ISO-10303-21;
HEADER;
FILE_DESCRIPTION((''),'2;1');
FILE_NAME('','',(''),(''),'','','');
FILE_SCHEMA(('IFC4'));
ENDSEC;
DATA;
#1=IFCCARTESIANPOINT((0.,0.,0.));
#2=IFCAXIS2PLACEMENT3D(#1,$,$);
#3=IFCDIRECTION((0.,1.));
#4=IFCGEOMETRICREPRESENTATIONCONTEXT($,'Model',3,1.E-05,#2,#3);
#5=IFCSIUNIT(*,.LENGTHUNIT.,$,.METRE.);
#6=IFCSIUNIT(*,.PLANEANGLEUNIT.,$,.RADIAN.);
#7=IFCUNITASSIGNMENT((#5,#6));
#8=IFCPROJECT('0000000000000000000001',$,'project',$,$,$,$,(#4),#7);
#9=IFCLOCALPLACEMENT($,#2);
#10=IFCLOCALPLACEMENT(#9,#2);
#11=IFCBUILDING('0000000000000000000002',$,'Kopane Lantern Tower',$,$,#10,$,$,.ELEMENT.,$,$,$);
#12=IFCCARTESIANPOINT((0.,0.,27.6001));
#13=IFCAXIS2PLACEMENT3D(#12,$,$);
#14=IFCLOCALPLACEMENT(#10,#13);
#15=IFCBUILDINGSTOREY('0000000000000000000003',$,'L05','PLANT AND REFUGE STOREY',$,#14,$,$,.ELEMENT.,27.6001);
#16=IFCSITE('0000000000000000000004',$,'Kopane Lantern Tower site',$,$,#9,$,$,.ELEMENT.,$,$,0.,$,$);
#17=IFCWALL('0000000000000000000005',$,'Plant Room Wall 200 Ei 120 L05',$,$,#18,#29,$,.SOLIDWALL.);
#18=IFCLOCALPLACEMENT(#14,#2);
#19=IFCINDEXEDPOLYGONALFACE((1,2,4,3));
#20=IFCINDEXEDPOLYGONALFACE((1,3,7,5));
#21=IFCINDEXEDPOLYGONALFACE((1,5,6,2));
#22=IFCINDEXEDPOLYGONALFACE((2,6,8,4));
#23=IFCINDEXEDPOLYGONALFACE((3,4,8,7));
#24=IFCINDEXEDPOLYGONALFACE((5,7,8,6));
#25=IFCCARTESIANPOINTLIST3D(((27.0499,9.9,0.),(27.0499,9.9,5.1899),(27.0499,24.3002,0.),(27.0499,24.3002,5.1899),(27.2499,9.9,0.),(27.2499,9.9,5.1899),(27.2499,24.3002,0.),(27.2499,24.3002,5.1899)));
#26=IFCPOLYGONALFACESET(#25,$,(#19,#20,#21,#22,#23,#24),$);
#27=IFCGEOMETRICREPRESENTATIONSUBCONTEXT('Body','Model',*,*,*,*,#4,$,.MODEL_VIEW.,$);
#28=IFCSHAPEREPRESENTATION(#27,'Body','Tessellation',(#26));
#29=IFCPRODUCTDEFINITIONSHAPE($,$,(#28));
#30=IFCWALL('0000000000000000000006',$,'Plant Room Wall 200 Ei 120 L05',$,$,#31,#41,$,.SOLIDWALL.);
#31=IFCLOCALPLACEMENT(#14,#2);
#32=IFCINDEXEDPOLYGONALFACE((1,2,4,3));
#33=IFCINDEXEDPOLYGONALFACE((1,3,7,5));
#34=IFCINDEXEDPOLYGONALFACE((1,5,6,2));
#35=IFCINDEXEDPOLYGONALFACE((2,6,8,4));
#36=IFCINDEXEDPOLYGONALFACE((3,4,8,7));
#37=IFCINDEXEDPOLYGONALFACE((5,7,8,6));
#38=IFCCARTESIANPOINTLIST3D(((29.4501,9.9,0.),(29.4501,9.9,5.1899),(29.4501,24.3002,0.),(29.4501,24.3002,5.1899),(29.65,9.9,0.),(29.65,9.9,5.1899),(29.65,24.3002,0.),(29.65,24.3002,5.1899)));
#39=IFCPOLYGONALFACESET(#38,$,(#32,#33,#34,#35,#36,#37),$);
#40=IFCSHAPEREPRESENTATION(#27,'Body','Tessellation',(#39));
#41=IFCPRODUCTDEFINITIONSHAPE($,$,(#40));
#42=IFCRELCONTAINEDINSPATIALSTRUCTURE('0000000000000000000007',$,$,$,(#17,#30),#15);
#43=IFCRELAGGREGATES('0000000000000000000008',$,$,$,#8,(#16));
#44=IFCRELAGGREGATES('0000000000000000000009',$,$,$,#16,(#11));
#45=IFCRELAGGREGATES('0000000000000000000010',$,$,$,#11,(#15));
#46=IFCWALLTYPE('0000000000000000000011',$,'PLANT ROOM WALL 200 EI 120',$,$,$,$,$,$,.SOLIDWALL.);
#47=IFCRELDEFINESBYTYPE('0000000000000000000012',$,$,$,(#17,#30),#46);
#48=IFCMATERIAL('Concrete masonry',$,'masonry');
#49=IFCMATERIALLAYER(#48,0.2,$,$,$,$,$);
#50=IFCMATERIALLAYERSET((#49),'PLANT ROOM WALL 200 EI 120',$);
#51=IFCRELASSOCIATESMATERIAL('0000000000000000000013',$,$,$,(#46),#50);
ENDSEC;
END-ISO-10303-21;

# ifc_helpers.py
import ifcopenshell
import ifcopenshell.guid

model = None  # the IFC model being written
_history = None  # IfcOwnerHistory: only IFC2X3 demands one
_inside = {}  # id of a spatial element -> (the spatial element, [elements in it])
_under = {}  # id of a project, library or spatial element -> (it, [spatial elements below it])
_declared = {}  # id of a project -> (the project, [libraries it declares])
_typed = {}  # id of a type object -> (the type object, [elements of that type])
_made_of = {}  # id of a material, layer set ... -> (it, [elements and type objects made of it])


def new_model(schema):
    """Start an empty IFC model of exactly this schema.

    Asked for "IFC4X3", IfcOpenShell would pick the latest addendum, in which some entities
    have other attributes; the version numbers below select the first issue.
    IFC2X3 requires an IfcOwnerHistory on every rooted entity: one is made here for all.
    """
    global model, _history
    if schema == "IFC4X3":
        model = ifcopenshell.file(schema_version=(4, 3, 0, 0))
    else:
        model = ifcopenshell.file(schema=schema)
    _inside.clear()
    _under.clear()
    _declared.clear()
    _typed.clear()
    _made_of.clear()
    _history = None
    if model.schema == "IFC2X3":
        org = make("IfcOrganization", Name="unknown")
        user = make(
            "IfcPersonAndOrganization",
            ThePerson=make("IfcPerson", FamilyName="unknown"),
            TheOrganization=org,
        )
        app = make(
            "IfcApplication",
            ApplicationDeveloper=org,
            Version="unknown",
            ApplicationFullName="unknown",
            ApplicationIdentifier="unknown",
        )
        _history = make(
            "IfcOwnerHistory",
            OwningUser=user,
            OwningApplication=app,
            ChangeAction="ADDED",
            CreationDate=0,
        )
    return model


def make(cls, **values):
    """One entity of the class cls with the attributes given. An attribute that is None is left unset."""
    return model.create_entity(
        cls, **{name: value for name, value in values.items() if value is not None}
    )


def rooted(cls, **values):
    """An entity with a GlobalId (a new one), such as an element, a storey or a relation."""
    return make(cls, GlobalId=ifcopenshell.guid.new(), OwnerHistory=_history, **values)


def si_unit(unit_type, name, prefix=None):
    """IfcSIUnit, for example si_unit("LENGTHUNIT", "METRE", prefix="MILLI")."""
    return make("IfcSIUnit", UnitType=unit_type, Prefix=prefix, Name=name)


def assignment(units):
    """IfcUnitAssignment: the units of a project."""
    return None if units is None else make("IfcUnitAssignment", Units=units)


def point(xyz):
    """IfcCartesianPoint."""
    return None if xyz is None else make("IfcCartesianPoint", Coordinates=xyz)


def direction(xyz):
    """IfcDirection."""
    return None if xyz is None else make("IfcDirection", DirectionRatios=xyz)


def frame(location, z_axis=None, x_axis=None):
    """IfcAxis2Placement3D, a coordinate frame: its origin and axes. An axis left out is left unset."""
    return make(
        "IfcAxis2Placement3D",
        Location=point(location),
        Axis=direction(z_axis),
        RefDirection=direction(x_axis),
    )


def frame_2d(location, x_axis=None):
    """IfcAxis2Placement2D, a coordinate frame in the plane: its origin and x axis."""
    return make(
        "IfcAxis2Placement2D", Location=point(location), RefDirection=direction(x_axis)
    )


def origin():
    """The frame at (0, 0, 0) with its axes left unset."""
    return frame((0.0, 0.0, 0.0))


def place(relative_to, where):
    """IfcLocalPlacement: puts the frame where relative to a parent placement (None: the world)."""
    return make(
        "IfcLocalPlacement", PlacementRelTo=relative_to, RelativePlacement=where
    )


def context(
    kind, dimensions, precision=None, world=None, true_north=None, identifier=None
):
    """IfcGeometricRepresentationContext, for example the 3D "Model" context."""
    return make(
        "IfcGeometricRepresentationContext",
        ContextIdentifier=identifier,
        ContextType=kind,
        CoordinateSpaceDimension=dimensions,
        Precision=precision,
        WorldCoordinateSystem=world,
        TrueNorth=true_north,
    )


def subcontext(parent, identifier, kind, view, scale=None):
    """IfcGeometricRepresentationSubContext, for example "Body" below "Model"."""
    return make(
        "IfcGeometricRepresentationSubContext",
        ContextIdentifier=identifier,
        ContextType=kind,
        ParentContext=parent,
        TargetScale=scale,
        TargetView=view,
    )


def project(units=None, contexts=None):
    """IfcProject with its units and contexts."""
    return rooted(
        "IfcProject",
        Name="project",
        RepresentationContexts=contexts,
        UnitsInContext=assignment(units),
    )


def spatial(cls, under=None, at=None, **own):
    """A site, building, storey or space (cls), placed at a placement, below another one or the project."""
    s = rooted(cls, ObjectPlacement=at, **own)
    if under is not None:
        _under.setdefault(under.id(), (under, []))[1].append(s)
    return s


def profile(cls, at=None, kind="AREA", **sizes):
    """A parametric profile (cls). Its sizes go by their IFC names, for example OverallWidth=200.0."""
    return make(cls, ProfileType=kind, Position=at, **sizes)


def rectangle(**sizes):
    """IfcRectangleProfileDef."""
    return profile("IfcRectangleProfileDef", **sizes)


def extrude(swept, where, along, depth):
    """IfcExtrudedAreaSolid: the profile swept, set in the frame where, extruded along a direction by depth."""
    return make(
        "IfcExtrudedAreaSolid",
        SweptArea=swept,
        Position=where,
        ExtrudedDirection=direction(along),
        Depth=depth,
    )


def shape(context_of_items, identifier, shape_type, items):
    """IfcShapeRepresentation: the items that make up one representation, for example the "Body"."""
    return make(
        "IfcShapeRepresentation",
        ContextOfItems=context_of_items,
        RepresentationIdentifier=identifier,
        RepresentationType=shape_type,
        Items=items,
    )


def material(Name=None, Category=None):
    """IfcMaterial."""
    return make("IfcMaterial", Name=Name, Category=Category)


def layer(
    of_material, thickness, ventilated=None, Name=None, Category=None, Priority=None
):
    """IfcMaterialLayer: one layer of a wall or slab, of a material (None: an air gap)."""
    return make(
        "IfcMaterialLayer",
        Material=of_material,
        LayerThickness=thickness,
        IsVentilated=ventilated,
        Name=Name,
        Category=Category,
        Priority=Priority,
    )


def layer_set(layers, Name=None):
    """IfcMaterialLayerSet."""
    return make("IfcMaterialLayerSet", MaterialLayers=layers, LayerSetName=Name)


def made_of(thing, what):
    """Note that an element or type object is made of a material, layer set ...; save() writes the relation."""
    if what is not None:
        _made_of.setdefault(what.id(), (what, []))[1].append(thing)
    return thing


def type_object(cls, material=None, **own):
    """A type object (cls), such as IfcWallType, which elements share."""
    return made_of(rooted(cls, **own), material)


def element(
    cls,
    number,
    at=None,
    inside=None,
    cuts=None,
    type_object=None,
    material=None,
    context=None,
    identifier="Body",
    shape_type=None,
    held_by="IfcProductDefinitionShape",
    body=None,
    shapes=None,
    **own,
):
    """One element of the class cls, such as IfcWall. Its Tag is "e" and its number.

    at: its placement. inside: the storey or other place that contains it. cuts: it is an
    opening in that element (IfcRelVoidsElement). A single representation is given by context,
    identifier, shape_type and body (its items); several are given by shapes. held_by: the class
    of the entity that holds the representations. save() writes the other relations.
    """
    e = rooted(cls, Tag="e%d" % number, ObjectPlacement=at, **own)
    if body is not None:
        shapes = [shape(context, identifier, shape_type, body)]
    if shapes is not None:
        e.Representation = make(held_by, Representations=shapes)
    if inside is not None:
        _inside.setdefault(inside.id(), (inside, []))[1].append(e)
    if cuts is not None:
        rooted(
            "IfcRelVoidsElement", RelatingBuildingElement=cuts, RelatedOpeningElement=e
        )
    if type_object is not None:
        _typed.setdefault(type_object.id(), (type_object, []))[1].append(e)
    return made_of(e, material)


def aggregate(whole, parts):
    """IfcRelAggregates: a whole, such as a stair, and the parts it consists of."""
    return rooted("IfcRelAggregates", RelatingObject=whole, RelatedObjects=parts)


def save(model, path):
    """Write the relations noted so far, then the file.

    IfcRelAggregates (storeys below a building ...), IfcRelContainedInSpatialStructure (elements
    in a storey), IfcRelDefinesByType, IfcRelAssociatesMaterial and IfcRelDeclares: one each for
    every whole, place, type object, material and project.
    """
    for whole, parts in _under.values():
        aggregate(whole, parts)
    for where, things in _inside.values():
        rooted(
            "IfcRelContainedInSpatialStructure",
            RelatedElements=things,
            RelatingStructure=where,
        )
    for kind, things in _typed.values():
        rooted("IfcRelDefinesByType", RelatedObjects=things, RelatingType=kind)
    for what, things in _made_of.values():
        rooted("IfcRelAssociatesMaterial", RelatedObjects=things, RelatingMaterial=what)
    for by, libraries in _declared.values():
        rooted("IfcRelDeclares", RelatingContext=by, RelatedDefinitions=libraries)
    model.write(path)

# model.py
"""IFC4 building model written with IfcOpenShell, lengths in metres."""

from ifc_helpers import new_model, si_unit, direction, frame, frame_2d, origin, place, context, subcontext, project, spatial, rectangle, extrude, material, layer, layer_set, type_object, element, save


model = new_model("IFC4")

# Units and contexts
model_context = context("Model", 3, precision=1e-05, world=origin(), true_north=direction((0.0, 1.0)))
body_context = subcontext(model_context, "Body", "Model", "MODEL_VIEW")
ifc_project = project(units=[si_unit("LENGTHUNIT", "METRE"), si_unit("PLANEANGLEUNIT", "RADIAN")], contexts=[model_context])

# Site, building, storey
site_placement = place(None, origin())
site = spatial("IfcSite", under=ifc_project, at=site_placement, Name="Kopane Lantern Tower site", CompositionType="ELEMENT", RefElevation=0.0)
building_placement = place(site_placement, origin())
building = spatial("IfcBuilding", under=site, at=building_placement, Name="Kopane Lantern Tower", CompositionType="ELEMENT")
storey_placement = place(building_placement, frame((0.0, 0.0, 27.6001)))
storey = spatial("IfcBuildingStorey", under=building, at=storey_placement, Name="L05", Description="PLANT AND REFUGE STOREY", CompositionType="ELEMENT", Elevation=27.6001)

# Walls
ifc_material_1 = material(Name="Concrete masonry", Category="masonry")
ifc_layer_1 = layer(ifc_material_1, 0.2)
ifc_layer_set_1 = layer_set([ifc_layer_1], Name="PLANT ROOM WALL 200 EI 120")
wall_type_1 = type_object("IfcWallType", Name="PLANT ROOM WALL 200 EI 120", PredefinedType="SOLIDWALL", material=ifc_layer_set_1)
for number, where, z_axis, x_axis, name in (
    (1, (27.1499, 9.8999, 0.0), (0.0, 0.0, 1.0), (0.0, 1.0, 0.0), "Plant Room Wall 200 Ei 120 L05"),
    (2, (29.55, 9.8999, 0.0), (0.0, 0.0, 1.0), (0.0, 1.0, 0.0), "Plant Room Wall 200 Ei 120 L05"),
):
    element("IfcWall", number, at=place(storey_placement, frame(where, z_axis=z_axis, x_axis=x_axis)), inside=storey, type_object=wall_type_1, Name=name, PredefinedType="SOLIDWALL", context=body_context, shape_type="SweptSolid", body=[
        extrude(rectangle(XDim=14.4001, YDim=0.2, at=frame_2d((7.2002, 0.0))), origin(), (0.0, 0.0, 1.0), 5.1899),
    ])

save(model, "model.ifc")
